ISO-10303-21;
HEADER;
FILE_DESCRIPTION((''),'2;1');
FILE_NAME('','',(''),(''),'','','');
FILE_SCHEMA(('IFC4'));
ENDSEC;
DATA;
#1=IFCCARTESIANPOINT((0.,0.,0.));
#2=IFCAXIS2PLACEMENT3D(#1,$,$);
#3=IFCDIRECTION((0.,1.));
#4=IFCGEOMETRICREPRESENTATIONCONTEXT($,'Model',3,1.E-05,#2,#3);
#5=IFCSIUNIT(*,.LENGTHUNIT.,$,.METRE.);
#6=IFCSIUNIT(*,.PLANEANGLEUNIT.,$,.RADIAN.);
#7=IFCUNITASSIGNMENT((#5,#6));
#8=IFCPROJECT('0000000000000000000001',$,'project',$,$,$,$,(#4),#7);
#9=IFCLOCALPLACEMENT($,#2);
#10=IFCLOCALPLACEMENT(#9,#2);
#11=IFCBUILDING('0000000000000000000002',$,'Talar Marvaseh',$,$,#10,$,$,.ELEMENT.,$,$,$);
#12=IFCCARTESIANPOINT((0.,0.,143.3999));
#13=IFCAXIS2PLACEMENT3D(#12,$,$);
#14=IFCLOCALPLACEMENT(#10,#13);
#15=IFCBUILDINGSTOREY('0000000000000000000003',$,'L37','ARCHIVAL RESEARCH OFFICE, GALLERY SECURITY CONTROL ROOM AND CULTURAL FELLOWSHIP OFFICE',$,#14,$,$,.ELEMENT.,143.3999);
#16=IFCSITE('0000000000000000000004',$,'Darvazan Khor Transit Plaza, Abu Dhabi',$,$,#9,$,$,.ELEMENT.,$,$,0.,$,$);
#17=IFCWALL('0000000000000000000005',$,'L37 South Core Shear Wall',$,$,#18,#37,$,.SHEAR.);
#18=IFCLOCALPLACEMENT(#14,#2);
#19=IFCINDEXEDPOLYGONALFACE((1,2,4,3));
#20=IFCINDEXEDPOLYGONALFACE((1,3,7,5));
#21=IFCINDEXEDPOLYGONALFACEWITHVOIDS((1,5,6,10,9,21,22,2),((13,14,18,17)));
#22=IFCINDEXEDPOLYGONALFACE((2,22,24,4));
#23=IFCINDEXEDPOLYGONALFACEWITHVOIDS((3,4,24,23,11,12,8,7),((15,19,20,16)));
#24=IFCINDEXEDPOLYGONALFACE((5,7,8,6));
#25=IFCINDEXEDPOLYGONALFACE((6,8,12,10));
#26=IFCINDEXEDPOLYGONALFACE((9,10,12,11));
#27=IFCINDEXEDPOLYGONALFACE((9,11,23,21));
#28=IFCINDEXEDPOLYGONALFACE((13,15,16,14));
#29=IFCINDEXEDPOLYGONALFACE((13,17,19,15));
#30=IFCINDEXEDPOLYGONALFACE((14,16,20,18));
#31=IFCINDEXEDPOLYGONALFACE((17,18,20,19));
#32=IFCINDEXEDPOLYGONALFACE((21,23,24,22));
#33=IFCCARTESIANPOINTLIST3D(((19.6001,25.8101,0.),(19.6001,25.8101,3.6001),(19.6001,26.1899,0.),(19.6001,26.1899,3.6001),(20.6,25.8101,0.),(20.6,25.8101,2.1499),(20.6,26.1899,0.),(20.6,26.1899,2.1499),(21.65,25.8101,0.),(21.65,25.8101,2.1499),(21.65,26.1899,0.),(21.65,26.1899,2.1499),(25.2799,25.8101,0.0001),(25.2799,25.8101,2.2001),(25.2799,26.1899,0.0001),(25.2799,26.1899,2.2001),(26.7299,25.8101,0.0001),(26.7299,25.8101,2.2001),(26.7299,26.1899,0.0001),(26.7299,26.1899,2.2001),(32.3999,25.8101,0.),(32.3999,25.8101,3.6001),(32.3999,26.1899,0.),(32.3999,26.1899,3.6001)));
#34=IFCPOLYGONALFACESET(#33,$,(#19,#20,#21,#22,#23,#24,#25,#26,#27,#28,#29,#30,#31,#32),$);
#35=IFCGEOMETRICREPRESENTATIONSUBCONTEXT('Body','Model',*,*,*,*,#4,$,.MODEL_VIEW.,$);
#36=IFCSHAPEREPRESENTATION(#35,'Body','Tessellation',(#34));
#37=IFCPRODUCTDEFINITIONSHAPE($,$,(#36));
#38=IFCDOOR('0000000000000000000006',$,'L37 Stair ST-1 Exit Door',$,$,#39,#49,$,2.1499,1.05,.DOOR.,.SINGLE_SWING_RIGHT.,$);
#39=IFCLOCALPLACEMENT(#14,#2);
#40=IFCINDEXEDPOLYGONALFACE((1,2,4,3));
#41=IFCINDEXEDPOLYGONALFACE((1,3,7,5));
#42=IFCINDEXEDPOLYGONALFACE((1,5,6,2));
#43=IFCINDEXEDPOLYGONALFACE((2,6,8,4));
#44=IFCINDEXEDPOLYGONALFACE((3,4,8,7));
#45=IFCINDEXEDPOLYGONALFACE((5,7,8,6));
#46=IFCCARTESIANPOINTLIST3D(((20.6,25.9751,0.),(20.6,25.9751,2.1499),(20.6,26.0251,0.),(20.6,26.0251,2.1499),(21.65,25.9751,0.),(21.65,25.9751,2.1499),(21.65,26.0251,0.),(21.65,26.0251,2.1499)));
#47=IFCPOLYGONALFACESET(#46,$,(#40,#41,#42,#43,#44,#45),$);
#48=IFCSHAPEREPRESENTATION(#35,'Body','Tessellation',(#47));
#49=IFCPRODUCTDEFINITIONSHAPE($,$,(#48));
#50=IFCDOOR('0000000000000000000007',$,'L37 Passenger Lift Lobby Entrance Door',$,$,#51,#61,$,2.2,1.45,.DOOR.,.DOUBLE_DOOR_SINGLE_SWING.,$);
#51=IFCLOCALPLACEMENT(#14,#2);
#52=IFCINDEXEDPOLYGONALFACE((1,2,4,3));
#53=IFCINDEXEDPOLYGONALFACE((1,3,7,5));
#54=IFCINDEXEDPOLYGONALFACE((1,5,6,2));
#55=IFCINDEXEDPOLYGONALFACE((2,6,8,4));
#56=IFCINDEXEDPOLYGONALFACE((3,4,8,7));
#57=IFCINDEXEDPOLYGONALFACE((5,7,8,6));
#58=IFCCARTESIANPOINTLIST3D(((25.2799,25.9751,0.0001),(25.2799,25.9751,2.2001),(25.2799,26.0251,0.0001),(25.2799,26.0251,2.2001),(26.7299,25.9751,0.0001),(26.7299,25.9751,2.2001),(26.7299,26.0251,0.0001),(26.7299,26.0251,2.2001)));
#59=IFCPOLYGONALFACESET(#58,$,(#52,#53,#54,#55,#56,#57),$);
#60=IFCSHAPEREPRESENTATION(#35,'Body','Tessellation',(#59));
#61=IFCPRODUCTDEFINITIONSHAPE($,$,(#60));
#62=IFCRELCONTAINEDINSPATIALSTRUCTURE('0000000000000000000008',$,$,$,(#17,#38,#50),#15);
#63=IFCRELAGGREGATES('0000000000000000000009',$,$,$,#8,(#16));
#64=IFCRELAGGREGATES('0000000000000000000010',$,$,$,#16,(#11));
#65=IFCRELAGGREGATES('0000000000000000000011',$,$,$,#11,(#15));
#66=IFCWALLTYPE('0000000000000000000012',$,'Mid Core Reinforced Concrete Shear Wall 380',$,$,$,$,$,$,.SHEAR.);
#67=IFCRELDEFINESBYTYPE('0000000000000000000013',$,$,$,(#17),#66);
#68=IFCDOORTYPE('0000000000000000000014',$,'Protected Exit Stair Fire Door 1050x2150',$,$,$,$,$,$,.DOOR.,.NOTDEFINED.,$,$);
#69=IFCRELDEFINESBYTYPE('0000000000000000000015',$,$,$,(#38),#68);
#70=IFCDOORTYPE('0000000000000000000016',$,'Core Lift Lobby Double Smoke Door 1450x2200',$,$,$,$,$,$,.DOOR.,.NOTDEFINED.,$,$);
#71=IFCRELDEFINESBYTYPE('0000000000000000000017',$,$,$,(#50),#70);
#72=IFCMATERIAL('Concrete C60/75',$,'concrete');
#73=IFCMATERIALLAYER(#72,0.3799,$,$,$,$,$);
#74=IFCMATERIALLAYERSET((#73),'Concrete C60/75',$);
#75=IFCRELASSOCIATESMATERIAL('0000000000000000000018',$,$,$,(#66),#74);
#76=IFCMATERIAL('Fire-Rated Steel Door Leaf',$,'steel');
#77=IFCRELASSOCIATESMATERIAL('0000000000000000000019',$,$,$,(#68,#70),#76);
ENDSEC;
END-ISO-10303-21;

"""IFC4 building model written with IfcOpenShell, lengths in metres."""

from ifc_helpers import new_model, si_unit, direction, frame, frame_2d, origin, place, context, subcontext, project, spatial, rectangle, extrude, source, transform, mapped, material, layer, layer_set, type_object, type_shapes, element, fill, save


model = new_model("IFC4")

# Units and contexts
model_context = context("Model", 3, precision=1e-05, world=origin(), true_north=direction((0.0, 1.0)))
body_context = subcontext(model_context, "Body", "Model", "MODEL_VIEW")
ifc_project = project(units=[si_unit("LENGTHUNIT", "METRE"), si_unit("PLANEANGLEUNIT", "RADIAN")], contexts=[model_context])

# Site, building, storey
site_placement = place(None, origin())
site = spatial("IfcSite", under=ifc_project, at=site_placement, Name="Darvazan Khor Transit Plaza, Abu Dhabi", CompositionType="ELEMENT", RefElevation=0.0)
building_placement = place(site_placement, origin())
building = spatial("IfcBuilding", under=site, at=building_placement, Name="Talar Marvaseh", CompositionType="ELEMENT")
storey_placement = place(building_placement, frame((0.0, 0.0, 143.3999)))
storey = spatial("IfcBuildingStorey", under=building, at=storey_placement, Name="L37", Description="ARCHIVAL RESEARCH OFFICE, GALLERY SECURITY CONTROL ROOM AND CULTURAL FELLOWSHIP OFFICE", CompositionType="ELEMENT", Elevation=143.3999)

# Shared definitions
ifc_material_1 = material(Name="Concrete C60/75", Category="concrete")

# Wall, openings, doors
ifc_layer_1 = layer(ifc_material_1, 0.3799)
ifc_layer_set_1 = layer_set([ifc_layer_1], Name="Concrete C60/75")
wall_type_1 = type_object("IfcWallType", Name="Mid Core Reinforced Concrete Shear Wall 380", PredefinedType="SHEAR", material=ifc_layer_set_1)
wall_1_placement = place(storey_placement, frame((32.3999, 26.0, 0.0), z_axis=(0.0, 0.0, 1.0), x_axis=(-1.0, 0.0, 0.0)))
wall_1 = element("IfcWall", 1, at=wall_1_placement, inside=storey, type_object=wall_type_1, Name="L37 South Core Shear Wall", PredefinedType="SHEAR", context=body_context, shape_type="SweptSolid", body=[
    extrude(rectangle(XDim=12.7998, YDim=0.3799, at=frame_2d((6.3999, 0.0))), origin(), (0.0, 0.0, 1.0), 3.6001),
])
opening_1_placement = place(wall_1_placement, frame((10.75, 0.0, 0.0)))
opening_1 = element("IfcOpeningElement", 2, at=opening_1_placement, cuts=wall_1, PredefinedType="OPENING", context=body_context, shape_type="SweptSolid", body=[
    extrude(rectangle(XDim=1.05, YDim=2.1499, at=frame_2d((0.5249, 1.075))), frame((0.0, 0.2, 0.0), z_axis=(0.0, -1.0, 0.0), x_axis=(1.0, 0.0, 0.0)), (0.0, 0.0, 1.0), 0.3999),
])
opening_2_placement = place(wall_1_placement, frame((5.6699, 0.0, 0.0)))
opening_2 = element("IfcOpeningElement", 3, at=opening_2_placement, cuts=wall_1, PredefinedType="OPENING", context=body_context, shape_type="SweptSolid", body=[
    extrude(rectangle(XDim=1.45, YDim=2.2, at=frame_2d((0.7251, 1.1001))), frame((0.0, 0.2, 0.0), z_axis=(0.0, -1.0, 0.0), x_axis=(1.0, 0.0, 0.0)), (0.0, 0.0, 1.0), 0.3999),
])
ifc_material_2 = material(Name="Fire-Rated Steel Door Leaf", Category="steel")
door_type_1 = type_object("IfcDoorType", Name="Protected Exit Stair Fire Door 1050x2150", OperationType="NOTDEFINED", PredefinedType="DOOR", material=ifc_material_2)
shared_shape_1 = source(origin(), body_context, "Body", "SweptSolid", [
    extrude(rectangle(XDim=1.05, YDim=2.1499, at=frame_2d((0.5249, 1.075))), frame((0.0, 0.0249, 0.0), z_axis=(0.0, -1.0, 0.0), x_axis=(1.0, 0.0, 0.0)), (0.0, 0.0, 1.0), 0.05),
])
type_shapes(door_type_1, [shared_shape_1])
door_1_placement = place(opening_1_placement, origin())
door_1 = element("IfcDoor", 4, at=door_1_placement, inside=storey, type_object=door_type_1, Name="L37 Stair ST-1 Exit Door", OperationType="SINGLE_SWING_RIGHT", OverallHeight=2.1499, OverallWidth=1.05, PredefinedType="DOOR", context=body_context, shape_type="MappedRepresentation", body=[
    mapped(shared_shape_1, transform((0.0, 0.0, 0.0), x_axis=(1.0, 0.0, 0.0), y_axis=(0.0, 1.0, 0.0), z_axis=(0.0, 0.0, 1.0), scale=1.0)),
])
fill(opening_1, door_1)
door_type_2 = type_object("IfcDoorType", Name="Core Lift Lobby Double Smoke Door 1450x2200", OperationType="NOTDEFINED", PredefinedType="DOOR", material=ifc_material_2)
shared_shape_2 = source(origin(), body_context, "Body", "SweptSolid", [
    extrude(rectangle(XDim=1.45, YDim=2.2, at=frame_2d((0.7251, 1.1001))), frame((0.0, 0.0249, 0.0), z_axis=(0.0, -1.0, 0.0), x_axis=(1.0, 0.0, 0.0)), (0.0, 0.0, 1.0), 0.05),
])
type_shapes(door_type_2, [shared_shape_2])
door_2_placement = place(opening_2_placement, origin())
door_2 = element("IfcDoor", 5, at=door_2_placement, inside=storey, type_object=door_type_2, Name="L37 Passenger Lift Lobby Entrance Door", OperationType="DOUBLE_DOOR_SINGLE_SWING", OverallHeight=2.2, OverallWidth=1.45, PredefinedType="DOOR", context=body_context, shape_type="MappedRepresentation", body=[
    mapped(shared_shape_2, transform((0.0, 0.0, 0.0), x_axis=(1.0, 0.0, 0.0), y_axis=(0.0, 1.0, 0.0), z_axis=(0.0, 0.0, 1.0), scale=1.0)),
])
fill(opening_2, door_2)

save(model, "model.ifc")
